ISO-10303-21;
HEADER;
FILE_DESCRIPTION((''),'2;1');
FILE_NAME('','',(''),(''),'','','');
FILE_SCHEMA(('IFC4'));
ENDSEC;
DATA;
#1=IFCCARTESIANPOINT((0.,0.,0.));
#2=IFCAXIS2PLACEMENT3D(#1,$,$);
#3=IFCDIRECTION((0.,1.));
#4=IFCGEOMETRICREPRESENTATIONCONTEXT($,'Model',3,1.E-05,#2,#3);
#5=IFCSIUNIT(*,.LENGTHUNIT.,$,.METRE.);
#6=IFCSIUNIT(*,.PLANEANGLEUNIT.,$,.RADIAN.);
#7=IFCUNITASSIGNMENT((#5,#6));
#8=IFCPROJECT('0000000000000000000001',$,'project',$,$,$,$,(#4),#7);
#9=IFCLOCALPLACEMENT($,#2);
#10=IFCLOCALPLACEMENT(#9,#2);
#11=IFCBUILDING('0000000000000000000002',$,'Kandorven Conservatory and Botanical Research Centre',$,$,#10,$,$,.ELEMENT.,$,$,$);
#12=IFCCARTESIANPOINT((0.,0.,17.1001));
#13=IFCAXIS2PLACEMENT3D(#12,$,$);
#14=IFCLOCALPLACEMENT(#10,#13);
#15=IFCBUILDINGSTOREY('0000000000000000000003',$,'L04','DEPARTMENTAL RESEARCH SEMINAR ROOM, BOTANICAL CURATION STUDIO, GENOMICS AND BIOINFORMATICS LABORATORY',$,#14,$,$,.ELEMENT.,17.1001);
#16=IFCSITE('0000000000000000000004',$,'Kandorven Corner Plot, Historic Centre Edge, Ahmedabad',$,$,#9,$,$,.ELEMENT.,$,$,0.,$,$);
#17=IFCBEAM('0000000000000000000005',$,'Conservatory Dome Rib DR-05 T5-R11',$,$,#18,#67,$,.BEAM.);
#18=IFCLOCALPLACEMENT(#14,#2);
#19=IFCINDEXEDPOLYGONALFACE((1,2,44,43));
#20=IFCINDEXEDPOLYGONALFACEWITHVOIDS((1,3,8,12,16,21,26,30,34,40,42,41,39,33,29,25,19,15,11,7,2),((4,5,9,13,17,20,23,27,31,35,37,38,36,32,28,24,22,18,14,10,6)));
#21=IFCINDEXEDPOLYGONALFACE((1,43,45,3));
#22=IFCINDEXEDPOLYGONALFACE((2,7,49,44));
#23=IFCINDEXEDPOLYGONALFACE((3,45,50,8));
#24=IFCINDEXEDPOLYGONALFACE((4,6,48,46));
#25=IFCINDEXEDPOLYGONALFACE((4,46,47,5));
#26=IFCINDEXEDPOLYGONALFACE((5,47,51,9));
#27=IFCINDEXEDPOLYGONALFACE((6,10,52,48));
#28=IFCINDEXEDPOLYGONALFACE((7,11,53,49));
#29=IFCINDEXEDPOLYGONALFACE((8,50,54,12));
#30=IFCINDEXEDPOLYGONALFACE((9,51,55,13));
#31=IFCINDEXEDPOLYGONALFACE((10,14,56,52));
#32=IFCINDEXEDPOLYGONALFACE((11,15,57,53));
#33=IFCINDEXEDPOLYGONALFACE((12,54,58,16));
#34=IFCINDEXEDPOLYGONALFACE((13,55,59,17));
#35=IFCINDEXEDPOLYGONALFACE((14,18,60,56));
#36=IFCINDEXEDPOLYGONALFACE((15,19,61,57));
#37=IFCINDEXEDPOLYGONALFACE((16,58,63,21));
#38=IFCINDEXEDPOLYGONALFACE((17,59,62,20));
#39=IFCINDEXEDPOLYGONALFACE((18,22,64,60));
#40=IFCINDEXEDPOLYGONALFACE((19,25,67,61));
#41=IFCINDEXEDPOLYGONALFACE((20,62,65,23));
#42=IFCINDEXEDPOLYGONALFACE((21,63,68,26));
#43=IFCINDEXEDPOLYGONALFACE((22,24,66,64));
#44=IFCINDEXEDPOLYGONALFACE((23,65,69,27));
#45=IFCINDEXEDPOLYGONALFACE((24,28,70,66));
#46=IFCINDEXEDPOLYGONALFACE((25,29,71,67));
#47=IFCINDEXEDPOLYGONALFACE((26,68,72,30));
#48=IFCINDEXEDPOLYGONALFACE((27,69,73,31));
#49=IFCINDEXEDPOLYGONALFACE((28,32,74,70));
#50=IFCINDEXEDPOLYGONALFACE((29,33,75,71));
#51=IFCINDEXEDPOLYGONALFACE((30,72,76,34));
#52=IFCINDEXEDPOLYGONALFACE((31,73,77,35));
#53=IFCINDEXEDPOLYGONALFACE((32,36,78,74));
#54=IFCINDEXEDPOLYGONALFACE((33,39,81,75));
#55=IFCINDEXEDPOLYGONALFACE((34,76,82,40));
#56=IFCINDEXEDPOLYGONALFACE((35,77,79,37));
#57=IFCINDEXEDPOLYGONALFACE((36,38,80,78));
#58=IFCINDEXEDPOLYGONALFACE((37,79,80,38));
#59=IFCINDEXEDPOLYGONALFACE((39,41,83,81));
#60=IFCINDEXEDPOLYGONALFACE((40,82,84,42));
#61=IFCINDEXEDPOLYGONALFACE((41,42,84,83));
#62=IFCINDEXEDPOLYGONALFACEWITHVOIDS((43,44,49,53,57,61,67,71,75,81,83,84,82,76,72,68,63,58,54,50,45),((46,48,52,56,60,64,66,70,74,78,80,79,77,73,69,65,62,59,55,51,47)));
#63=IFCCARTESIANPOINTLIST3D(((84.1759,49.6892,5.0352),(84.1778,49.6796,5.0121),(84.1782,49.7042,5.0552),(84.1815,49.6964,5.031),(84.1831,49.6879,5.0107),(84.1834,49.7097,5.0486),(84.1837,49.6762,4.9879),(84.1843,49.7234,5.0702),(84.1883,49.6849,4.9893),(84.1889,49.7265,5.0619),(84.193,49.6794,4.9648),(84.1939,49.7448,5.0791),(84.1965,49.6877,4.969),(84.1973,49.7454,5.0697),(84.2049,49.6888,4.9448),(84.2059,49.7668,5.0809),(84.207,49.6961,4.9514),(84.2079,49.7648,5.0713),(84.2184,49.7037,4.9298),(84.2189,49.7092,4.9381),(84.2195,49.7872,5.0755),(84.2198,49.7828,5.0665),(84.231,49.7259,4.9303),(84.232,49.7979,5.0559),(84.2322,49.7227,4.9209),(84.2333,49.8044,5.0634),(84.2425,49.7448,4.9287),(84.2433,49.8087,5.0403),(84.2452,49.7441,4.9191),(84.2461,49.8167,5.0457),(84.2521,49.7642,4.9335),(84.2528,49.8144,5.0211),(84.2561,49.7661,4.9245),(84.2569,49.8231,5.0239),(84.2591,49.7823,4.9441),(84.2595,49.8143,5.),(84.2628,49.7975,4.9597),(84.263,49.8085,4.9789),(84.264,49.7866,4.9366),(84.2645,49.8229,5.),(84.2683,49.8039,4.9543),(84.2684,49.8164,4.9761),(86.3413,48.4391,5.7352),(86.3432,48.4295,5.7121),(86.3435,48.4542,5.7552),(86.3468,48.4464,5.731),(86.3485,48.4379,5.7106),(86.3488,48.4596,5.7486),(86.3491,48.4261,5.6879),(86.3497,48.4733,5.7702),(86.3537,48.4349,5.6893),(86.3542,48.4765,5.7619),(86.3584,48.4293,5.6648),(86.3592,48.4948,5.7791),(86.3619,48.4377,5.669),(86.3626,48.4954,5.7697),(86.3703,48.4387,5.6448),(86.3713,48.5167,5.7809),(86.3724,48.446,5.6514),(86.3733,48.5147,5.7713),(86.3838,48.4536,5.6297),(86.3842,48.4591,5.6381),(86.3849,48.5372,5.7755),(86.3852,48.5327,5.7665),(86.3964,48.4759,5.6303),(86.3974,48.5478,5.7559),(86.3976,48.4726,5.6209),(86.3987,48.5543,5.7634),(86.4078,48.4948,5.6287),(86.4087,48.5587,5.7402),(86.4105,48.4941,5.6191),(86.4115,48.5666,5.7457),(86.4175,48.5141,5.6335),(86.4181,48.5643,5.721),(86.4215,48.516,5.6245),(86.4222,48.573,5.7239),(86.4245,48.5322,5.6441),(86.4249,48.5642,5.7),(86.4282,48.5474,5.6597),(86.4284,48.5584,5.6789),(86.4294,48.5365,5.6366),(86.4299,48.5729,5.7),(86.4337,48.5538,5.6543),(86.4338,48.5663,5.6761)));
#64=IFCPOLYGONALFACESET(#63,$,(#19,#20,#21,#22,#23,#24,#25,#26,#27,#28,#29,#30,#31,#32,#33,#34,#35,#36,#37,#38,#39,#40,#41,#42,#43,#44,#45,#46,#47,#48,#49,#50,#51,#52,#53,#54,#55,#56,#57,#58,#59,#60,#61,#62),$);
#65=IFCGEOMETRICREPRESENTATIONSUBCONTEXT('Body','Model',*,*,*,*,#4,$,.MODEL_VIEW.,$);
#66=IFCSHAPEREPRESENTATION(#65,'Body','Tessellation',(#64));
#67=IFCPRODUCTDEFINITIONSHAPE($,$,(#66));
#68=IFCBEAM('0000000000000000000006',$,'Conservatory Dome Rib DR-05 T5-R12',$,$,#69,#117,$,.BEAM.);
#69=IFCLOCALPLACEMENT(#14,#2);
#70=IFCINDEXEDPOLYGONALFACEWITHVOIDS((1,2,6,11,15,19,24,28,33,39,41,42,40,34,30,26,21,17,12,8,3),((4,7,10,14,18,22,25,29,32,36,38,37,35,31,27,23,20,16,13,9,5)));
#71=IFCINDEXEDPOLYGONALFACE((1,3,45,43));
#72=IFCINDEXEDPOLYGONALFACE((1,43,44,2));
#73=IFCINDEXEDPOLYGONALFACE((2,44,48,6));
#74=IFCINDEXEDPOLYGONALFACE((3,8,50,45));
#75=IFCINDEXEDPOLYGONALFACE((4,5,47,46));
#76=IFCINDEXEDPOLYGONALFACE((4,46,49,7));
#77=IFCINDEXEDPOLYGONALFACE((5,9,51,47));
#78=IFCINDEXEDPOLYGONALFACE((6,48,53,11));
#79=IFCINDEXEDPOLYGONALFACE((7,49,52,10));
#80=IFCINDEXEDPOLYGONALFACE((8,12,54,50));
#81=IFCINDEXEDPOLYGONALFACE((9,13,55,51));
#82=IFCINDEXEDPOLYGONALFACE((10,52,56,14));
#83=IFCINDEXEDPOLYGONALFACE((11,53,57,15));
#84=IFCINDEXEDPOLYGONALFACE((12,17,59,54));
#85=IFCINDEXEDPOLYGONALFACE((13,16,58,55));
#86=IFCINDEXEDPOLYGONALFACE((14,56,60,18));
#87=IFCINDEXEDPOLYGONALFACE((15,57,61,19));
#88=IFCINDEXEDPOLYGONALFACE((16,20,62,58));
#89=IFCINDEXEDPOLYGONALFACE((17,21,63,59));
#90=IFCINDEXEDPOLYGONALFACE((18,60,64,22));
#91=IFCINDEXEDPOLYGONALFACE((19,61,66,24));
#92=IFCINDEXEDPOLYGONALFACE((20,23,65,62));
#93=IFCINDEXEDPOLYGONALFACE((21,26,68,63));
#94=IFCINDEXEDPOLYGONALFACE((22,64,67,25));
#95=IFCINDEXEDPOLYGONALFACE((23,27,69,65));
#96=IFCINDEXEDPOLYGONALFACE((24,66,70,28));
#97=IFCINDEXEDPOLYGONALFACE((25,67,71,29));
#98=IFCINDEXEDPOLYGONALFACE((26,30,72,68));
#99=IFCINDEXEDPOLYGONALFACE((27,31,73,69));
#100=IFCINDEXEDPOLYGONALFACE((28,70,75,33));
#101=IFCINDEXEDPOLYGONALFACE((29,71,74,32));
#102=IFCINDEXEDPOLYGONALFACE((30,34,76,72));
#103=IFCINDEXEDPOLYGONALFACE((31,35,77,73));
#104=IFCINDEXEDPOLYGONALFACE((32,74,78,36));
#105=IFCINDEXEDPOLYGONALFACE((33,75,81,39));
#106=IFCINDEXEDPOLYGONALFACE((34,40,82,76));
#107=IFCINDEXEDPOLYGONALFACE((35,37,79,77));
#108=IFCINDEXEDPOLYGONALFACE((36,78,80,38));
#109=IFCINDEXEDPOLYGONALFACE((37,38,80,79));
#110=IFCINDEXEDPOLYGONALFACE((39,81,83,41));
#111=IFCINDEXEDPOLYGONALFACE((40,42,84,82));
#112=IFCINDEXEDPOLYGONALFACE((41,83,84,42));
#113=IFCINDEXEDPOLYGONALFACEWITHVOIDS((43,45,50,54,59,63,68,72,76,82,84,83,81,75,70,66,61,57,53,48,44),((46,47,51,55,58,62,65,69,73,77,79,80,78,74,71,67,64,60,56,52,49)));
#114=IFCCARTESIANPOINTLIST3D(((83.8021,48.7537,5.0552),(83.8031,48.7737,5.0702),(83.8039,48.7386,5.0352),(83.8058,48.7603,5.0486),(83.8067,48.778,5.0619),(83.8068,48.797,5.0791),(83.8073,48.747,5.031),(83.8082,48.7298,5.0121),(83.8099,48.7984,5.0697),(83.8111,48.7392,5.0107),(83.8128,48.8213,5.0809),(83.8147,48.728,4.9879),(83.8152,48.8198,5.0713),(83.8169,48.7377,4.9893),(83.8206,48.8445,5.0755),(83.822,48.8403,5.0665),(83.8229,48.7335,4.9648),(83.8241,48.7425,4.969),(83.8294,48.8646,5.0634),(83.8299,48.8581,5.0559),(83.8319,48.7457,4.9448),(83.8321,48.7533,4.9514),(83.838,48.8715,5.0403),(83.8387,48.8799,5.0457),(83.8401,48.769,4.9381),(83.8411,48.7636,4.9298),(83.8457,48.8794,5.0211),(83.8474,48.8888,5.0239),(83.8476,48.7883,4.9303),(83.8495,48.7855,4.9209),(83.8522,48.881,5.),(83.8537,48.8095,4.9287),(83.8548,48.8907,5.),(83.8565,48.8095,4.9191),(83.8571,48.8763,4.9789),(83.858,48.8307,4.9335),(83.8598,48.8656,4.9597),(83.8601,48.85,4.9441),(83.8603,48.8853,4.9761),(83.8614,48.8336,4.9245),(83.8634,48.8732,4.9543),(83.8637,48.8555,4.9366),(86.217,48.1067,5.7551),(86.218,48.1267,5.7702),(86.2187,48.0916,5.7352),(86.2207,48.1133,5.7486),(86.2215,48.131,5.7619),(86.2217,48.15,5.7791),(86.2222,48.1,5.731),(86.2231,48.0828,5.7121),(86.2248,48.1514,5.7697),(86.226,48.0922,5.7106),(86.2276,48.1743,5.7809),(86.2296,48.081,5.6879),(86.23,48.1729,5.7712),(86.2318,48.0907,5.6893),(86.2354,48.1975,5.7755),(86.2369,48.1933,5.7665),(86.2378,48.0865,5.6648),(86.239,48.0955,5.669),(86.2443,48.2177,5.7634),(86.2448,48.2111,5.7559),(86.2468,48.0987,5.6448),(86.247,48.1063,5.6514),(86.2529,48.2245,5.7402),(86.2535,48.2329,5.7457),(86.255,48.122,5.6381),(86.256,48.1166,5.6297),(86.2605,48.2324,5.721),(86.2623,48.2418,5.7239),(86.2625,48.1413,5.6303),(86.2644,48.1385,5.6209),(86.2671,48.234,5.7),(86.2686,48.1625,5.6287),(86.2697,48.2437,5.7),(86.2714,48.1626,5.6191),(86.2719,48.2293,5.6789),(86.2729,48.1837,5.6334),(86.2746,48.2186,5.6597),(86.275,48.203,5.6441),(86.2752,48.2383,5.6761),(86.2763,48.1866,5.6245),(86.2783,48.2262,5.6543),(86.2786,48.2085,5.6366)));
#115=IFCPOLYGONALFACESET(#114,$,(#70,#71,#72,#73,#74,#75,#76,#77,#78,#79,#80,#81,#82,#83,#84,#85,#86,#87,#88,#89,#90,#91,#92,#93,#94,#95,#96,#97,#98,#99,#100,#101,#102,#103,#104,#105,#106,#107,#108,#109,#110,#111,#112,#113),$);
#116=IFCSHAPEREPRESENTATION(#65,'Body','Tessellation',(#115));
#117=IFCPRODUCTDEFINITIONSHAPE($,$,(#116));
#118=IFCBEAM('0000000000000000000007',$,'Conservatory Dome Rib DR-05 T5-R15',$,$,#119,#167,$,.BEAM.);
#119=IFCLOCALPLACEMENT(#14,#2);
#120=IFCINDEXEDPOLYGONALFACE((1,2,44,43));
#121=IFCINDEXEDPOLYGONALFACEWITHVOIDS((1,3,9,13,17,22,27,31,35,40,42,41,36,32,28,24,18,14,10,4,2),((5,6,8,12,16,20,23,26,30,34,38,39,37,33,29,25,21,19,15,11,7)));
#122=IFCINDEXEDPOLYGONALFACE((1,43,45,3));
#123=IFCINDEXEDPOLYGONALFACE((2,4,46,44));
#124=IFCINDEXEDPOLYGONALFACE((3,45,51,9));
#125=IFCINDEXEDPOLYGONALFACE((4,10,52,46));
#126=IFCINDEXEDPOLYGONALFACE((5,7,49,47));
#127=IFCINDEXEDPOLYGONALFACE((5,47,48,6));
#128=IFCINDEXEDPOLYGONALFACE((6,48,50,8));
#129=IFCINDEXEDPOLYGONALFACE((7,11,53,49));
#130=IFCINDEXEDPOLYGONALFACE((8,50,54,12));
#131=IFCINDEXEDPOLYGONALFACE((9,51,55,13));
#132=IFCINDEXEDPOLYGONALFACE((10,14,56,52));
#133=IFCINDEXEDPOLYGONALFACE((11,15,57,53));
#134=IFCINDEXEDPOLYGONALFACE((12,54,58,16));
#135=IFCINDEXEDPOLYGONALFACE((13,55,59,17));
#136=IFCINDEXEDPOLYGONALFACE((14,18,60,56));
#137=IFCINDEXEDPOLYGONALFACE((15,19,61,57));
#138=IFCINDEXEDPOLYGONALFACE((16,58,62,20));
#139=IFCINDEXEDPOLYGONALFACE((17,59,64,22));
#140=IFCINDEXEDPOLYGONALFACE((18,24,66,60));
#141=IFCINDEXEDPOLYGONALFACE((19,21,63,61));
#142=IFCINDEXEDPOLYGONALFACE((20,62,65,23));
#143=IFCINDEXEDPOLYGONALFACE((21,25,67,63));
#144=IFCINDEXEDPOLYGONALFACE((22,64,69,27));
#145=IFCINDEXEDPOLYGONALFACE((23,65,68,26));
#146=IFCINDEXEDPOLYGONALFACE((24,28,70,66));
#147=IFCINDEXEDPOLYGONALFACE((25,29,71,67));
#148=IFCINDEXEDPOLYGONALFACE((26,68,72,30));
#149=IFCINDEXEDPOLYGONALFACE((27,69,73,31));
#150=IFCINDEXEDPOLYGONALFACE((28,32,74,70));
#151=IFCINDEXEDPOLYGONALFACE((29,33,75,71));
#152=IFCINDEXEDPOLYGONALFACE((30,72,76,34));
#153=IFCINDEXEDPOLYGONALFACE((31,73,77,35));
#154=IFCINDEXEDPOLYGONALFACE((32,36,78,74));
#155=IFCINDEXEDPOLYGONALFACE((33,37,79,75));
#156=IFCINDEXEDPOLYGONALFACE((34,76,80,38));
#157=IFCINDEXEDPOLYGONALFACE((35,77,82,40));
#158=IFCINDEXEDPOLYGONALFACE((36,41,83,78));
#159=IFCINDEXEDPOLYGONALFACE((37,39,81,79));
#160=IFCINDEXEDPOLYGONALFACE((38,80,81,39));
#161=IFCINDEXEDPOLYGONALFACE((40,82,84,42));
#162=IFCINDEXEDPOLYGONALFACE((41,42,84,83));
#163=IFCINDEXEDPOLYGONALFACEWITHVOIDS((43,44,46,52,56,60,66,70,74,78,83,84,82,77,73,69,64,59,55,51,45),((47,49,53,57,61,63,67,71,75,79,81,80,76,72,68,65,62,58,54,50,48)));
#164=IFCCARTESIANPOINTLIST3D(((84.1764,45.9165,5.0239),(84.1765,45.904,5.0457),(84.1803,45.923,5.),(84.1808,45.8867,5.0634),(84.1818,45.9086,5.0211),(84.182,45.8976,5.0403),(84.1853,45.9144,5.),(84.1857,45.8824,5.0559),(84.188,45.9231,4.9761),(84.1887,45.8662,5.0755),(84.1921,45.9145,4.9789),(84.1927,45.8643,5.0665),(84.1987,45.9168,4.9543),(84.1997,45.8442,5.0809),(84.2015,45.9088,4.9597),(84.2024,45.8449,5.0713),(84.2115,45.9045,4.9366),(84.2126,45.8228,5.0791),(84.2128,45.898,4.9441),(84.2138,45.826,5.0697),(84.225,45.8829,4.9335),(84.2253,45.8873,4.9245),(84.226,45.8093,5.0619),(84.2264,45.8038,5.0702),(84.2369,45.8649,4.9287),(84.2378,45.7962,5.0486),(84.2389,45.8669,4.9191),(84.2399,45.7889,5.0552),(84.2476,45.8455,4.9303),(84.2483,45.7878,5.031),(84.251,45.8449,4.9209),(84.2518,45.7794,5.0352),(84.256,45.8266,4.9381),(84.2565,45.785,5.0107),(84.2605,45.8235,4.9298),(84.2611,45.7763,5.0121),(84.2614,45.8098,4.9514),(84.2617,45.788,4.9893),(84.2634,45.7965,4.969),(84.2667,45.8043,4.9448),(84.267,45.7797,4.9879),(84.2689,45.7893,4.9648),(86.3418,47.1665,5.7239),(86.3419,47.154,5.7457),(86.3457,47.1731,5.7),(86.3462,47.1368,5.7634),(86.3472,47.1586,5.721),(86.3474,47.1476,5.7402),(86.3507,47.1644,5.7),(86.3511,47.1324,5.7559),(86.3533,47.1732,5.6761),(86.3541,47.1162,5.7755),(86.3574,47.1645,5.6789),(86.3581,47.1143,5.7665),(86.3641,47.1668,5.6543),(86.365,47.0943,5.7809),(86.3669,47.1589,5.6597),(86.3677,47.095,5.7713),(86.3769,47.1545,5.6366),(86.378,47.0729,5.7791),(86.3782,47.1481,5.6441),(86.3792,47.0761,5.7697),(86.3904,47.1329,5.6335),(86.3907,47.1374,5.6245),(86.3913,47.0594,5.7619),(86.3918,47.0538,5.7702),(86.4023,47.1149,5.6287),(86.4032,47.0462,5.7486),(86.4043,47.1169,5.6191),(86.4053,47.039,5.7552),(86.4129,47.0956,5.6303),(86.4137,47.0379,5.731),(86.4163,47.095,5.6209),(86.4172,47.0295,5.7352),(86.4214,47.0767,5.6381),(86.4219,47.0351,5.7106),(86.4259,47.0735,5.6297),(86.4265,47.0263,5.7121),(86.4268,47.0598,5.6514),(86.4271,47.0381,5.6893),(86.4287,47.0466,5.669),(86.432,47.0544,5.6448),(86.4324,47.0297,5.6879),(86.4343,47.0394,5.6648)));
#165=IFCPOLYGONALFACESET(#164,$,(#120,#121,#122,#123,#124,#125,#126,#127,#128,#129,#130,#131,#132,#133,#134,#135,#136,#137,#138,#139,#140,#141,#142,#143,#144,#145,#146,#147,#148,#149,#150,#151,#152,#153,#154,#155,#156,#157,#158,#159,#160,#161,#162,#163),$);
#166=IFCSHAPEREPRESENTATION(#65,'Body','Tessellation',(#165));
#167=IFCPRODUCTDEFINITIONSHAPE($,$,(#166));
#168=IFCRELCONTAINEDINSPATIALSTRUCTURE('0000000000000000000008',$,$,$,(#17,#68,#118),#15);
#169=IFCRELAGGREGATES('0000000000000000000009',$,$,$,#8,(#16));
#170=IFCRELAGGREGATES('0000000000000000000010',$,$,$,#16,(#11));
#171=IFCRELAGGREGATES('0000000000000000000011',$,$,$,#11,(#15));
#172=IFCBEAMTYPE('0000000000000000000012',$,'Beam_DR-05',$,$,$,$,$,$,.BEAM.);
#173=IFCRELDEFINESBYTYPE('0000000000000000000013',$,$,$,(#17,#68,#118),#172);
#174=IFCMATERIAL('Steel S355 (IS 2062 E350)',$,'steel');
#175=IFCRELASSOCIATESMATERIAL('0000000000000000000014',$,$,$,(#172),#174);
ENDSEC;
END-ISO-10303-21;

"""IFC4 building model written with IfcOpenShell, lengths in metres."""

from ifc_helpers import new_model, si_unit, direction, frame, origin, origin_2d, place, context, subcontext, project, spatial, hollow_circle, extrude, material, material_profile, profile_set, type_object, element, save


model = new_model("IFC4")

# Units and contexts
model_context = context("Model", 3, precision=1e-05, world=origin(), true_north=direction((0.0, 1.0)))
body_context = subcontext(model_context, "Body", "Model", "MODEL_VIEW")
ifc_project = project(units=[si_unit("LENGTHUNIT", "METRE"), si_unit("PLANEANGLEUNIT", "RADIAN")], contexts=[model_context])

# Site, building, storey
site_placement = place(None, origin())
site = spatial("IfcSite", under=ifc_project, at=site_placement, Name="Kandorven Corner Plot, Historic Centre Edge, Ahmedabad", CompositionType="ELEMENT", RefElevation=0.0)
building_placement = place(site_placement, origin())
building = spatial("IfcBuilding", under=site, at=building_placement, Name="Kandorven Conservatory and Botanical Research Centre", CompositionType="ELEMENT")
storey_placement = place(building_placement, frame((0.0, 0.0, 17.1001)))
storey = spatial("IfcBuildingStorey", under=building, at=storey_placement, Name="L04", Description="DEPARTMENTAL RESEARCH SEMINAR ROOM, BOTANICAL CURATION STUDIO, GENOMICS AND BIOINFORMATICS LABORATORY", CompositionType="ELEMENT", Elevation=17.1001)

# Beams
ifc_material_1 = material(Name="Steel S355 (IS 2062 E350)", Category="steel")
ifc_material_profile_1 = material_profile(ifc_material_1, hollow_circle(Radius=0.0842, WallThickness=0.01, at=origin_2d()))
ifc_profile_set_1 = profile_set([ifc_material_profile_1], Name="Steel S355 (IS 2062 E350)")
beam_type = type_object("IfcBeamType", Name="Beam_DR-05", PredefinedType="BEAM", material=ifc_profile_set_1)
beam_1_placement = place(storey_placement, frame((84.2224, 49.75, 5.0), z_axis=(0.833981, -0.48145, 0.269593), x_axis=(0.499962, 0.866047, 0.0)))
element("IfcBeam", 1, at=beam_1_placement, inside=storey, type_object=beam_type, Name="Conservatory Dome Rib DR-05 T5-R11", PredefinedType="BEAM", context=body_context, shape_type="SweptSolid", body=[
    extrude(hollow_circle(Radius=0.0842, WallThickness=0.01, at=origin_2d()), origin(), (0.0, 0.0, 1.0), 2.5964),
])
beam_2_placement = place(storey_placement, frame((83.833, 48.8093, 5.0), z_axis=(0.930162, -0.249209, 0.269616), x_axis=(0.258793, 0.965933, 0.0)))
element("IfcBeam", 2, at=beam_2_placement, inside=storey, type_object=beam_type, Name="Conservatory Dome Rib DR-05 T5-R12", PredefinedType="BEAM", context=body_context, shape_type="SweptSolid", body=[
    extrude(hollow_circle(Radius=0.0842, WallThickness=0.01, at=origin_2d()), origin(), (0.0, 0.0, 1.0), 2.5962),
])
beam_3_placement = place(storey_placement, frame((84.2224, 45.8501, 5.0), z_axis=(0.833981, 0.48145, 0.269593), x_axis=(-0.499962, 0.866047, 0.0)))
element("IfcBeam", 3, at=beam_3_placement, inside=storey, type_object=beam_type, Name="Conservatory Dome Rib DR-05 T5-R15", PredefinedType="BEAM", context=body_context, shape_type="SweptSolid", body=[
    extrude(hollow_circle(Radius=0.0842, WallThickness=0.01, at=origin_2d()), origin(), (0.0, 0.0, 1.0), 2.5964),
])

save(model, "model.ifc")
